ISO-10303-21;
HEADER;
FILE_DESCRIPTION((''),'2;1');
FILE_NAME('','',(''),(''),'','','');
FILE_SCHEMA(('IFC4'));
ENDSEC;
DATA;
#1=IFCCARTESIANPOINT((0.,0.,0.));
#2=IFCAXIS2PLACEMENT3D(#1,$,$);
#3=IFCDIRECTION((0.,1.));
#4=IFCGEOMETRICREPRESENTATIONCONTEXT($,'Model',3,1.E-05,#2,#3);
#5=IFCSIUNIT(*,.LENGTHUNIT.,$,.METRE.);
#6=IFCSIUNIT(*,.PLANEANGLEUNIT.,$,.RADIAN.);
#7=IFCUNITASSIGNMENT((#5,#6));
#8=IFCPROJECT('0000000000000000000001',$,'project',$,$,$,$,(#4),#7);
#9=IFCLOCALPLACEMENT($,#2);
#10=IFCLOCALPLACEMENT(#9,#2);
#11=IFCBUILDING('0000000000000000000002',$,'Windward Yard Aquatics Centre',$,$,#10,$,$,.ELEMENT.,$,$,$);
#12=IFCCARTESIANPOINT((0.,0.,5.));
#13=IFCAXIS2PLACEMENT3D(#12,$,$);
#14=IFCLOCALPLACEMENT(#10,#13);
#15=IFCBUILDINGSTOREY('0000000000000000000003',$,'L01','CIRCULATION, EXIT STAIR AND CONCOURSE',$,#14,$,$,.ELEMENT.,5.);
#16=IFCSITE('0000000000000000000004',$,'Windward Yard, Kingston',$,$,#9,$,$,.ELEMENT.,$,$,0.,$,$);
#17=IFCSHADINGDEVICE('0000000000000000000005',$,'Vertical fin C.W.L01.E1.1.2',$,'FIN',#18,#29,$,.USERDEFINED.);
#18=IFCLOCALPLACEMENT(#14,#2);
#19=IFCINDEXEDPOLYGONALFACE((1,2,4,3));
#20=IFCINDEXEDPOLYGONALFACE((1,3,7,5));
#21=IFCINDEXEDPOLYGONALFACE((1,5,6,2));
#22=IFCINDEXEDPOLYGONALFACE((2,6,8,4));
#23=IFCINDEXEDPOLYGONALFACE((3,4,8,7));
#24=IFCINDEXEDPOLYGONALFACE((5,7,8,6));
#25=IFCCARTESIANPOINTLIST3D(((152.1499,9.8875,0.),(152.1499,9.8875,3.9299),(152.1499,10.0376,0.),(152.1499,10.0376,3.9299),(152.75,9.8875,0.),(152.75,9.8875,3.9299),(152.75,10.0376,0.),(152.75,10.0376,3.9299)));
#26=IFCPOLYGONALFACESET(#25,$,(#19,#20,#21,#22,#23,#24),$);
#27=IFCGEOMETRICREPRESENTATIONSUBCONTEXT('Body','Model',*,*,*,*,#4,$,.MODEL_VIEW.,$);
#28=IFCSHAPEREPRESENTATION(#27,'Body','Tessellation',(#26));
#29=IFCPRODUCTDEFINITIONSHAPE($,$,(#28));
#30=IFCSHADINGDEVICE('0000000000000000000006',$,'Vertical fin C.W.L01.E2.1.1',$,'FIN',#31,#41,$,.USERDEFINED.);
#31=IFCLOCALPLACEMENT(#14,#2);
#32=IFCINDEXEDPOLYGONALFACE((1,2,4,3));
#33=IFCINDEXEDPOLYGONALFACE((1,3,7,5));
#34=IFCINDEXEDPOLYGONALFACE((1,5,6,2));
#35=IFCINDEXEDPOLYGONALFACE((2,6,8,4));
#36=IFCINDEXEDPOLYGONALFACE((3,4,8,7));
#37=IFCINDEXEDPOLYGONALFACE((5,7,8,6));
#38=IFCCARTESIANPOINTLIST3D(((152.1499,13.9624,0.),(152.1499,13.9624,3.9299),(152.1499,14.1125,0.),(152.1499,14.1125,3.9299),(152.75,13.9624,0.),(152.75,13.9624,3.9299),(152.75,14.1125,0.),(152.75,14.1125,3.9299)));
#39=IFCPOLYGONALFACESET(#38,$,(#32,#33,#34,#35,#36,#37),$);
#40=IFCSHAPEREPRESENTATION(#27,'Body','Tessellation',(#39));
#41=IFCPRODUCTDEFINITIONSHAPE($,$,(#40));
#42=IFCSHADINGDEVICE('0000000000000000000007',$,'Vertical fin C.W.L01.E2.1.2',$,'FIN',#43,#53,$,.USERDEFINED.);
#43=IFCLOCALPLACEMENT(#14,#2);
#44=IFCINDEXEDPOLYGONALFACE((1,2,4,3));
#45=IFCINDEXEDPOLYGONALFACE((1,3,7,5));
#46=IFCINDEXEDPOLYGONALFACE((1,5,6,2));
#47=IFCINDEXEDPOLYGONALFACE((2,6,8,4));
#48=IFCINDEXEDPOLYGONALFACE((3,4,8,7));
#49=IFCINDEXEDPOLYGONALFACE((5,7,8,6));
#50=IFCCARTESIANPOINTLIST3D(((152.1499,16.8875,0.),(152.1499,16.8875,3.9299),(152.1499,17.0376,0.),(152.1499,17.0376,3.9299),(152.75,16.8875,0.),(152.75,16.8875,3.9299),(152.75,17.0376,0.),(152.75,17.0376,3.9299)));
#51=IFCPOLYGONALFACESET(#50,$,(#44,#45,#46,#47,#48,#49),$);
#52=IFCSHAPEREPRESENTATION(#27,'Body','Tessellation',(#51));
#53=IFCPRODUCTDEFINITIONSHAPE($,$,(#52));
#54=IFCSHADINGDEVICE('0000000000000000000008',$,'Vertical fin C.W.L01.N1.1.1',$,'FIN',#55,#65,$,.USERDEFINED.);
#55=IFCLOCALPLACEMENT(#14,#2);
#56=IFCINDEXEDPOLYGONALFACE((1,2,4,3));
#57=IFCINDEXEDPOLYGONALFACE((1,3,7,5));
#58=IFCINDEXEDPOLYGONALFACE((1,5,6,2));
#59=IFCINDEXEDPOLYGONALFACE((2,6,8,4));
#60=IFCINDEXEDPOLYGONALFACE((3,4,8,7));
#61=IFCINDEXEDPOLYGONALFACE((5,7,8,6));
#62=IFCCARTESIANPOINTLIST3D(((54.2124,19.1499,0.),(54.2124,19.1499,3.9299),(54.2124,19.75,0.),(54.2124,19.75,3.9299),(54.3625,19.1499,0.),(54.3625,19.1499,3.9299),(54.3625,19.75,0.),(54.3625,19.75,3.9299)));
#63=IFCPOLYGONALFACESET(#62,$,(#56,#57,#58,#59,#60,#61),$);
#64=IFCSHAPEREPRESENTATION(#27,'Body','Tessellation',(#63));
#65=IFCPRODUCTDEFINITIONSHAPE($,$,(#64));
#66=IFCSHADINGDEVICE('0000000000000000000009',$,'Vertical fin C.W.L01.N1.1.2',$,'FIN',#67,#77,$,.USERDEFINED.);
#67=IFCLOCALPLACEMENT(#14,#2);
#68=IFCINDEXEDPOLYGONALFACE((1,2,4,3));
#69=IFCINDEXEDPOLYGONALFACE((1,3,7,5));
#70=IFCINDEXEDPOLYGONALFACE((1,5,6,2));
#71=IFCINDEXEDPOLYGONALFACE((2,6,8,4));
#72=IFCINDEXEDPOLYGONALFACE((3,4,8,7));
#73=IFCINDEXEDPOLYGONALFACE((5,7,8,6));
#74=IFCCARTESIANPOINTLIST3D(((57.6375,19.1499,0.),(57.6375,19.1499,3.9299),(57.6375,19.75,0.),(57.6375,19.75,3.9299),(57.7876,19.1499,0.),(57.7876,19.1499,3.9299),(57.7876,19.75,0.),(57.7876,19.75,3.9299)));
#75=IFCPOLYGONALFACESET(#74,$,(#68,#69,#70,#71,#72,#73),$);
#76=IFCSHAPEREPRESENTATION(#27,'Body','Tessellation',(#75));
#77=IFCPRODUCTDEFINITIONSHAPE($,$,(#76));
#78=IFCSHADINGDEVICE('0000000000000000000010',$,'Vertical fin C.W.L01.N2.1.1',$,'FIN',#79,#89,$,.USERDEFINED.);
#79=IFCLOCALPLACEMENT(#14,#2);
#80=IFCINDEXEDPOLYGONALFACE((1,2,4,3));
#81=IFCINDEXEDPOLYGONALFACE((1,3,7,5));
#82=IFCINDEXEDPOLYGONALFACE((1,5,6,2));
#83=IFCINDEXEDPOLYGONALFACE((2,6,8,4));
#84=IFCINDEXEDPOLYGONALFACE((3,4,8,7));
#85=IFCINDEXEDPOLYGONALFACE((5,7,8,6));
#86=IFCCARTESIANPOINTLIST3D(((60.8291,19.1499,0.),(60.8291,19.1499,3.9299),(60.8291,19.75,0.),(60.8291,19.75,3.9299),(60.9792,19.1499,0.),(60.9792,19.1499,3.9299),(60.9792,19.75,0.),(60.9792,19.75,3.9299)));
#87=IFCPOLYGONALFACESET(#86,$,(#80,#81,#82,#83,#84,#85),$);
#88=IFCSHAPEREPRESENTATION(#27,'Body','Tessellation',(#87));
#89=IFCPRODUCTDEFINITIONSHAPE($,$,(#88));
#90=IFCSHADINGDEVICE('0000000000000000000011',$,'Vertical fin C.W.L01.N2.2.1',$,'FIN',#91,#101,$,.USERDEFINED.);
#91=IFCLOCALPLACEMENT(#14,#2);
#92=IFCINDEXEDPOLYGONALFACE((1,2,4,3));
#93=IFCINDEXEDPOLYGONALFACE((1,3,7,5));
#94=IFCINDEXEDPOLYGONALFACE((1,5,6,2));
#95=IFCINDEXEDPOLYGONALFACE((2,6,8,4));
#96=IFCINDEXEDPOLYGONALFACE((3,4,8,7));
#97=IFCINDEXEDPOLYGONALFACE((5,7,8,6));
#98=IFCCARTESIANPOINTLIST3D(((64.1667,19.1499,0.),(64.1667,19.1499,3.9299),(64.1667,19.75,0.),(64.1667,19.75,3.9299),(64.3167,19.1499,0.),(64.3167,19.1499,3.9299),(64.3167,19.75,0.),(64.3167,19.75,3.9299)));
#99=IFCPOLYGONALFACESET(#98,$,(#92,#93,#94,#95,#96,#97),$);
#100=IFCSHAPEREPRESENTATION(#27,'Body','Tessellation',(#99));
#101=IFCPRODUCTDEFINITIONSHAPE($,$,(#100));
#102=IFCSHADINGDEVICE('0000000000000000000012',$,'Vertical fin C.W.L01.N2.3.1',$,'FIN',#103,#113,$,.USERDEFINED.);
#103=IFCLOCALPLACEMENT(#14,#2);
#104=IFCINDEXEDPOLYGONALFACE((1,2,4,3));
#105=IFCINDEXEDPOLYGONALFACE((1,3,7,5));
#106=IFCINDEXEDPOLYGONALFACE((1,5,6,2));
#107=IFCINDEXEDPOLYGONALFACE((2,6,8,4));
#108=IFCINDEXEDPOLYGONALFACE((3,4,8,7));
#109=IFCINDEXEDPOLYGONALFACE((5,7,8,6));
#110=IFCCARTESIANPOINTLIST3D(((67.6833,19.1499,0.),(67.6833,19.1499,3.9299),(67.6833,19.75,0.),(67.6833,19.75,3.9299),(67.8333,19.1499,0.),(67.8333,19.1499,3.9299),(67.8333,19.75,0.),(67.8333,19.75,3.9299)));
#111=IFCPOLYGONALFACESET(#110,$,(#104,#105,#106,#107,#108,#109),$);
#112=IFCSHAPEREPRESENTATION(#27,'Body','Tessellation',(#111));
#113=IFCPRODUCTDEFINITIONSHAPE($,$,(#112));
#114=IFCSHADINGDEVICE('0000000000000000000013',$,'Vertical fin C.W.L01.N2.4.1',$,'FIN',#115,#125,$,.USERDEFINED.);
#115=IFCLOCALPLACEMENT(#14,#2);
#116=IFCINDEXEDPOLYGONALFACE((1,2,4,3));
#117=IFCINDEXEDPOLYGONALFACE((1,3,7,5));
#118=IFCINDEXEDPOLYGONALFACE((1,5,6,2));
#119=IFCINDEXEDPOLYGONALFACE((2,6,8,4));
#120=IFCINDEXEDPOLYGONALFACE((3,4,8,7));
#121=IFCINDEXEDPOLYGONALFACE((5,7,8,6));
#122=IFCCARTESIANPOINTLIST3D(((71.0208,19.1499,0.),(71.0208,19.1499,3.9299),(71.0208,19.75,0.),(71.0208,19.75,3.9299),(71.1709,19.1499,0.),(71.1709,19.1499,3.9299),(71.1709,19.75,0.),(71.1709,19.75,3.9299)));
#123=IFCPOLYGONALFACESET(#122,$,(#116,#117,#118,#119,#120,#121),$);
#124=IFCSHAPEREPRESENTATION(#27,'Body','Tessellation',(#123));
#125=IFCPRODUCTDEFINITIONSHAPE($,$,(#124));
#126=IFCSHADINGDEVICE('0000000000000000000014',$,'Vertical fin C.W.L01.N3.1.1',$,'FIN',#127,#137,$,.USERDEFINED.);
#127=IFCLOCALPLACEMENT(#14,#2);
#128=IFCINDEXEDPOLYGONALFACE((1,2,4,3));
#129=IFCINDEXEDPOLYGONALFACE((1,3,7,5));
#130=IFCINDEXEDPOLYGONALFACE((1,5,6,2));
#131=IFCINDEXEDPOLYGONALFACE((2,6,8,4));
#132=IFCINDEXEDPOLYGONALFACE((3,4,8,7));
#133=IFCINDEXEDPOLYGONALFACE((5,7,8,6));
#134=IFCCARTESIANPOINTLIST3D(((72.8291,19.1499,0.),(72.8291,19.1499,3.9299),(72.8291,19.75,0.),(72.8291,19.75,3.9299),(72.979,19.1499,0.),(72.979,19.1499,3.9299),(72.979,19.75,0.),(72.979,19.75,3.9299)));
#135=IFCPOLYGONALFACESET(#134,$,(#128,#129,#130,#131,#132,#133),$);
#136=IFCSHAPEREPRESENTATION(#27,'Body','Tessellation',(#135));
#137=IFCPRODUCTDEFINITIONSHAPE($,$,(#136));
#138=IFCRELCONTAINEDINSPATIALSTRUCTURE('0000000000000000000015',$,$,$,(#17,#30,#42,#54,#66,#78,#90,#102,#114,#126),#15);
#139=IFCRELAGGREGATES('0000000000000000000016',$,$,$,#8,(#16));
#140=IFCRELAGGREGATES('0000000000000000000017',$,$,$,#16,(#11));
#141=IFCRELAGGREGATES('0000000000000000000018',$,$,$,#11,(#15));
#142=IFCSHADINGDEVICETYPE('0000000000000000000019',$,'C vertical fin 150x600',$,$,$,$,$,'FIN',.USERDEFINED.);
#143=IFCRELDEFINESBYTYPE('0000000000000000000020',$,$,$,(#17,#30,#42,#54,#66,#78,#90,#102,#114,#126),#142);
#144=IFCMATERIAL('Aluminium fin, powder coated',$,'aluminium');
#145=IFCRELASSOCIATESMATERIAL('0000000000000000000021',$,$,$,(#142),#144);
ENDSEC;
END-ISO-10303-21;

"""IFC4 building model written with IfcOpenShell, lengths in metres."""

from ifc_helpers import new_model, si_unit, direction, frame, origin, place, context, subcontext, project, spatial, polyline, outline, extrude, material, type_object, element, save


model = new_model("IFC4")

# Units and contexts
model_context = context("Model", 3, precision=1e-05, world=origin(), true_north=direction((0.0, 1.0)))
body_context = subcontext(model_context, "Body", "Model", "MODEL_VIEW")
ifc_project = project(units=[si_unit("LENGTHUNIT", "METRE"), si_unit("PLANEANGLEUNIT", "RADIAN")], contexts=[model_context])

# Site, building, storey
site_placement = place(None, origin())
site = spatial("IfcSite", under=ifc_project, at=site_placement, Name="Windward Yard, Kingston", CompositionType="ELEMENT", RefElevation=0.0)
building_placement = place(site_placement, origin())
building = spatial("IfcBuilding", under=site, at=building_placement, Name="Windward Yard Aquatics Centre", CompositionType="ELEMENT")
storey_placement = place(building_placement, frame((0.0, 0.0, 5.0)))
storey = spatial("IfcBuildingStorey", under=building, at=storey_placement, Name="L01", Description="CIRCULATION, EXIT STAIR AND CONCOURSE", CompositionType="ELEMENT", Elevation=5.0)

# Shading devices
ifc_material_1 = material(Name="Aluminium fin, powder coated", Category="aluminium")
shading_device_type = type_object("IfcShadingDeviceType", Name="C vertical fin 150x600", ElementType="FIN", PredefinedType="USERDEFINED", material=ifc_material_1)
shading_device_1_placement = place(storey_placement, origin())
element("IfcShadingDevice", 1, at=shading_device_1_placement, inside=storey, type_object=shading_device_type, Name="Vertical fin C.W.L01.E1.1.2", ObjectType="FIN", PredefinedType="USERDEFINED", context=body_context, shape_type="SweptSolid", body=[
    extrude(outline(polyline([(152.1499, 9.8875), (152.1499, 10.0376), (152.75, 10.0376), (152.75, 9.8875), (152.1499, 9.8875)])), origin(), (0.0, 0.0, 1.0), 3.9299),
])
shading_device_2_placement = place(storey_placement, origin())
element("IfcShadingDevice", 2, at=shading_device_2_placement, inside=storey, type_object=shading_device_type, Name="Vertical fin C.W.L01.E2.1.1", ObjectType="FIN", PredefinedType="USERDEFINED", context=body_context, shape_type="SweptSolid", body=[
    extrude(outline(polyline([(152.1499, 13.9624), (152.1499, 14.1125), (152.75, 14.1125), (152.75, 13.9624), (152.1499, 13.9624)])), origin(), (0.0, 0.0, 1.0), 3.9299),
])
shading_device_3_placement = place(storey_placement, origin())
element("IfcShadingDevice", 3, at=shading_device_3_placement, inside=storey, type_object=shading_device_type, Name="Vertical fin C.W.L01.E2.1.2", ObjectType="FIN", PredefinedType="USERDEFINED", context=body_context, shape_type="SweptSolid", body=[
    extrude(outline(polyline([(152.1499, 16.8875), (152.1499, 17.0376), (152.75, 17.0376), (152.75, 16.8875), (152.1499, 16.8875)])), origin(), (0.0, 0.0, 1.0), 3.9299),
])
shading_device_4_placement = place(storey_placement, origin())
element("IfcShadingDevice", 4, at=shading_device_4_placement, inside=storey, type_object=shading_device_type, Name="Vertical fin C.W.L01.N1.1.1", ObjectType="FIN", PredefinedType="USERDEFINED", context=body_context, shape_type="SweptSolid", body=[
    extrude(outline(polyline([(54.2124, 19.1499), (54.3625, 19.1499), (54.3625, 19.75), (54.2124, 19.75), (54.2124, 19.1499)])), origin(), (0.0, 0.0, 1.0), 3.9299),
])
shading_device_5_placement = place(storey_placement, origin())
element("IfcShadingDevice", 5, at=shading_device_5_placement, inside=storey, type_object=shading_device_type, Name="Vertical fin C.W.L01.N1.1.2", ObjectType="FIN", PredefinedType="USERDEFINED", context=body_context, shape_type="SweptSolid", body=[
    extrude(outline(polyline([(57.6375, 19.1499), (57.7876, 19.1499), (57.7876, 19.75), (57.6375, 19.75), (57.6375, 19.1499)])), origin(), (0.0, 0.0, 1.0), 3.9299),
])
shading_device_6_placement = place(storey_placement, origin())
element("IfcShadingDevice", 6, at=shading_device_6_placement, inside=storey, type_object=shading_device_type, Name="Vertical fin C.W.L01.N2.1.1", ObjectType="FIN", PredefinedType="USERDEFINED", context=body_context, shape_type="SweptSolid", body=[
    extrude(outline(polyline([(60.8291, 19.1499), (60.9792, 19.1499), (60.9792, 19.75), (60.8291, 19.75), (60.8291, 19.1499)])), origin(), (0.0, 0.0, 1.0), 3.9299),
])
shading_device_7_placement = place(storey_placement, origin())
element("IfcShadingDevice", 7, at=shading_device_7_placement, inside=storey, type_object=shading_device_type, Name="Vertical fin C.W.L01.N2.2.1", ObjectType="FIN", PredefinedType="USERDEFINED", context=body_context, shape_type="SweptSolid", body=[
    extrude(outline(polyline([(64.1667, 19.1499), (64.3167, 19.1499), (64.3167, 19.75), (64.1667, 19.75), (64.1667, 19.1499)])), origin(), (0.0, 0.0, 1.0), 3.9299),
])
shading_device_8_placement = place(storey_placement, origin())
element("IfcShadingDevice", 8, at=shading_device_8_placement, inside=storey, type_object=shading_device_type, Name="Vertical fin C.W.L01.N2.3.1", ObjectType="FIN", PredefinedType="USERDEFINED", context=body_context, shape_type="SweptSolid", body=[
    extrude(outline(polyline([(67.6833, 19.1499), (67.8333, 19.1499), (67.8333, 19.75), (67.6833, 19.75), (67.6833, 19.1499)])), origin(), (0.0, 0.0, 1.0), 3.9299),
])
shading_device_9_placement = place(storey_placement, origin())
element("IfcShadingDevice", 9, at=shading_device_9_placement, inside=storey, type_object=shading_device_type, Name="Vertical fin C.W.L01.N2.4.1", ObjectType="FIN", PredefinedType="USERDEFINED", context=body_context, shape_type="SweptSolid", body=[
    extrude(outline(polyline([(71.0208, 19.1499), (71.1709, 19.1499), (71.1709, 19.75), (71.0208, 19.75), (71.0208, 19.1499)])), origin(), (0.0, 0.0, 1.0), 3.9299),
])
shading_device_10_placement = place(storey_placement, origin())
element("IfcShadingDevice", 10, at=shading_device_10_placement, inside=storey, type_object=shading_device_type, Name="Vertical fin C.W.L01.N3.1.1", ObjectType="FIN", PredefinedType="USERDEFINED", context=body_context, shape_type="SweptSolid", body=[
    extrude(outline(polyline([(72.8291, 19.1499), (72.979, 19.1499), (72.979, 19.75), (72.8291, 19.75), (72.8291, 19.1499)])), origin(), (0.0, 0.0, 1.0), 3.9299),
])

save(model, "model.ifc")
